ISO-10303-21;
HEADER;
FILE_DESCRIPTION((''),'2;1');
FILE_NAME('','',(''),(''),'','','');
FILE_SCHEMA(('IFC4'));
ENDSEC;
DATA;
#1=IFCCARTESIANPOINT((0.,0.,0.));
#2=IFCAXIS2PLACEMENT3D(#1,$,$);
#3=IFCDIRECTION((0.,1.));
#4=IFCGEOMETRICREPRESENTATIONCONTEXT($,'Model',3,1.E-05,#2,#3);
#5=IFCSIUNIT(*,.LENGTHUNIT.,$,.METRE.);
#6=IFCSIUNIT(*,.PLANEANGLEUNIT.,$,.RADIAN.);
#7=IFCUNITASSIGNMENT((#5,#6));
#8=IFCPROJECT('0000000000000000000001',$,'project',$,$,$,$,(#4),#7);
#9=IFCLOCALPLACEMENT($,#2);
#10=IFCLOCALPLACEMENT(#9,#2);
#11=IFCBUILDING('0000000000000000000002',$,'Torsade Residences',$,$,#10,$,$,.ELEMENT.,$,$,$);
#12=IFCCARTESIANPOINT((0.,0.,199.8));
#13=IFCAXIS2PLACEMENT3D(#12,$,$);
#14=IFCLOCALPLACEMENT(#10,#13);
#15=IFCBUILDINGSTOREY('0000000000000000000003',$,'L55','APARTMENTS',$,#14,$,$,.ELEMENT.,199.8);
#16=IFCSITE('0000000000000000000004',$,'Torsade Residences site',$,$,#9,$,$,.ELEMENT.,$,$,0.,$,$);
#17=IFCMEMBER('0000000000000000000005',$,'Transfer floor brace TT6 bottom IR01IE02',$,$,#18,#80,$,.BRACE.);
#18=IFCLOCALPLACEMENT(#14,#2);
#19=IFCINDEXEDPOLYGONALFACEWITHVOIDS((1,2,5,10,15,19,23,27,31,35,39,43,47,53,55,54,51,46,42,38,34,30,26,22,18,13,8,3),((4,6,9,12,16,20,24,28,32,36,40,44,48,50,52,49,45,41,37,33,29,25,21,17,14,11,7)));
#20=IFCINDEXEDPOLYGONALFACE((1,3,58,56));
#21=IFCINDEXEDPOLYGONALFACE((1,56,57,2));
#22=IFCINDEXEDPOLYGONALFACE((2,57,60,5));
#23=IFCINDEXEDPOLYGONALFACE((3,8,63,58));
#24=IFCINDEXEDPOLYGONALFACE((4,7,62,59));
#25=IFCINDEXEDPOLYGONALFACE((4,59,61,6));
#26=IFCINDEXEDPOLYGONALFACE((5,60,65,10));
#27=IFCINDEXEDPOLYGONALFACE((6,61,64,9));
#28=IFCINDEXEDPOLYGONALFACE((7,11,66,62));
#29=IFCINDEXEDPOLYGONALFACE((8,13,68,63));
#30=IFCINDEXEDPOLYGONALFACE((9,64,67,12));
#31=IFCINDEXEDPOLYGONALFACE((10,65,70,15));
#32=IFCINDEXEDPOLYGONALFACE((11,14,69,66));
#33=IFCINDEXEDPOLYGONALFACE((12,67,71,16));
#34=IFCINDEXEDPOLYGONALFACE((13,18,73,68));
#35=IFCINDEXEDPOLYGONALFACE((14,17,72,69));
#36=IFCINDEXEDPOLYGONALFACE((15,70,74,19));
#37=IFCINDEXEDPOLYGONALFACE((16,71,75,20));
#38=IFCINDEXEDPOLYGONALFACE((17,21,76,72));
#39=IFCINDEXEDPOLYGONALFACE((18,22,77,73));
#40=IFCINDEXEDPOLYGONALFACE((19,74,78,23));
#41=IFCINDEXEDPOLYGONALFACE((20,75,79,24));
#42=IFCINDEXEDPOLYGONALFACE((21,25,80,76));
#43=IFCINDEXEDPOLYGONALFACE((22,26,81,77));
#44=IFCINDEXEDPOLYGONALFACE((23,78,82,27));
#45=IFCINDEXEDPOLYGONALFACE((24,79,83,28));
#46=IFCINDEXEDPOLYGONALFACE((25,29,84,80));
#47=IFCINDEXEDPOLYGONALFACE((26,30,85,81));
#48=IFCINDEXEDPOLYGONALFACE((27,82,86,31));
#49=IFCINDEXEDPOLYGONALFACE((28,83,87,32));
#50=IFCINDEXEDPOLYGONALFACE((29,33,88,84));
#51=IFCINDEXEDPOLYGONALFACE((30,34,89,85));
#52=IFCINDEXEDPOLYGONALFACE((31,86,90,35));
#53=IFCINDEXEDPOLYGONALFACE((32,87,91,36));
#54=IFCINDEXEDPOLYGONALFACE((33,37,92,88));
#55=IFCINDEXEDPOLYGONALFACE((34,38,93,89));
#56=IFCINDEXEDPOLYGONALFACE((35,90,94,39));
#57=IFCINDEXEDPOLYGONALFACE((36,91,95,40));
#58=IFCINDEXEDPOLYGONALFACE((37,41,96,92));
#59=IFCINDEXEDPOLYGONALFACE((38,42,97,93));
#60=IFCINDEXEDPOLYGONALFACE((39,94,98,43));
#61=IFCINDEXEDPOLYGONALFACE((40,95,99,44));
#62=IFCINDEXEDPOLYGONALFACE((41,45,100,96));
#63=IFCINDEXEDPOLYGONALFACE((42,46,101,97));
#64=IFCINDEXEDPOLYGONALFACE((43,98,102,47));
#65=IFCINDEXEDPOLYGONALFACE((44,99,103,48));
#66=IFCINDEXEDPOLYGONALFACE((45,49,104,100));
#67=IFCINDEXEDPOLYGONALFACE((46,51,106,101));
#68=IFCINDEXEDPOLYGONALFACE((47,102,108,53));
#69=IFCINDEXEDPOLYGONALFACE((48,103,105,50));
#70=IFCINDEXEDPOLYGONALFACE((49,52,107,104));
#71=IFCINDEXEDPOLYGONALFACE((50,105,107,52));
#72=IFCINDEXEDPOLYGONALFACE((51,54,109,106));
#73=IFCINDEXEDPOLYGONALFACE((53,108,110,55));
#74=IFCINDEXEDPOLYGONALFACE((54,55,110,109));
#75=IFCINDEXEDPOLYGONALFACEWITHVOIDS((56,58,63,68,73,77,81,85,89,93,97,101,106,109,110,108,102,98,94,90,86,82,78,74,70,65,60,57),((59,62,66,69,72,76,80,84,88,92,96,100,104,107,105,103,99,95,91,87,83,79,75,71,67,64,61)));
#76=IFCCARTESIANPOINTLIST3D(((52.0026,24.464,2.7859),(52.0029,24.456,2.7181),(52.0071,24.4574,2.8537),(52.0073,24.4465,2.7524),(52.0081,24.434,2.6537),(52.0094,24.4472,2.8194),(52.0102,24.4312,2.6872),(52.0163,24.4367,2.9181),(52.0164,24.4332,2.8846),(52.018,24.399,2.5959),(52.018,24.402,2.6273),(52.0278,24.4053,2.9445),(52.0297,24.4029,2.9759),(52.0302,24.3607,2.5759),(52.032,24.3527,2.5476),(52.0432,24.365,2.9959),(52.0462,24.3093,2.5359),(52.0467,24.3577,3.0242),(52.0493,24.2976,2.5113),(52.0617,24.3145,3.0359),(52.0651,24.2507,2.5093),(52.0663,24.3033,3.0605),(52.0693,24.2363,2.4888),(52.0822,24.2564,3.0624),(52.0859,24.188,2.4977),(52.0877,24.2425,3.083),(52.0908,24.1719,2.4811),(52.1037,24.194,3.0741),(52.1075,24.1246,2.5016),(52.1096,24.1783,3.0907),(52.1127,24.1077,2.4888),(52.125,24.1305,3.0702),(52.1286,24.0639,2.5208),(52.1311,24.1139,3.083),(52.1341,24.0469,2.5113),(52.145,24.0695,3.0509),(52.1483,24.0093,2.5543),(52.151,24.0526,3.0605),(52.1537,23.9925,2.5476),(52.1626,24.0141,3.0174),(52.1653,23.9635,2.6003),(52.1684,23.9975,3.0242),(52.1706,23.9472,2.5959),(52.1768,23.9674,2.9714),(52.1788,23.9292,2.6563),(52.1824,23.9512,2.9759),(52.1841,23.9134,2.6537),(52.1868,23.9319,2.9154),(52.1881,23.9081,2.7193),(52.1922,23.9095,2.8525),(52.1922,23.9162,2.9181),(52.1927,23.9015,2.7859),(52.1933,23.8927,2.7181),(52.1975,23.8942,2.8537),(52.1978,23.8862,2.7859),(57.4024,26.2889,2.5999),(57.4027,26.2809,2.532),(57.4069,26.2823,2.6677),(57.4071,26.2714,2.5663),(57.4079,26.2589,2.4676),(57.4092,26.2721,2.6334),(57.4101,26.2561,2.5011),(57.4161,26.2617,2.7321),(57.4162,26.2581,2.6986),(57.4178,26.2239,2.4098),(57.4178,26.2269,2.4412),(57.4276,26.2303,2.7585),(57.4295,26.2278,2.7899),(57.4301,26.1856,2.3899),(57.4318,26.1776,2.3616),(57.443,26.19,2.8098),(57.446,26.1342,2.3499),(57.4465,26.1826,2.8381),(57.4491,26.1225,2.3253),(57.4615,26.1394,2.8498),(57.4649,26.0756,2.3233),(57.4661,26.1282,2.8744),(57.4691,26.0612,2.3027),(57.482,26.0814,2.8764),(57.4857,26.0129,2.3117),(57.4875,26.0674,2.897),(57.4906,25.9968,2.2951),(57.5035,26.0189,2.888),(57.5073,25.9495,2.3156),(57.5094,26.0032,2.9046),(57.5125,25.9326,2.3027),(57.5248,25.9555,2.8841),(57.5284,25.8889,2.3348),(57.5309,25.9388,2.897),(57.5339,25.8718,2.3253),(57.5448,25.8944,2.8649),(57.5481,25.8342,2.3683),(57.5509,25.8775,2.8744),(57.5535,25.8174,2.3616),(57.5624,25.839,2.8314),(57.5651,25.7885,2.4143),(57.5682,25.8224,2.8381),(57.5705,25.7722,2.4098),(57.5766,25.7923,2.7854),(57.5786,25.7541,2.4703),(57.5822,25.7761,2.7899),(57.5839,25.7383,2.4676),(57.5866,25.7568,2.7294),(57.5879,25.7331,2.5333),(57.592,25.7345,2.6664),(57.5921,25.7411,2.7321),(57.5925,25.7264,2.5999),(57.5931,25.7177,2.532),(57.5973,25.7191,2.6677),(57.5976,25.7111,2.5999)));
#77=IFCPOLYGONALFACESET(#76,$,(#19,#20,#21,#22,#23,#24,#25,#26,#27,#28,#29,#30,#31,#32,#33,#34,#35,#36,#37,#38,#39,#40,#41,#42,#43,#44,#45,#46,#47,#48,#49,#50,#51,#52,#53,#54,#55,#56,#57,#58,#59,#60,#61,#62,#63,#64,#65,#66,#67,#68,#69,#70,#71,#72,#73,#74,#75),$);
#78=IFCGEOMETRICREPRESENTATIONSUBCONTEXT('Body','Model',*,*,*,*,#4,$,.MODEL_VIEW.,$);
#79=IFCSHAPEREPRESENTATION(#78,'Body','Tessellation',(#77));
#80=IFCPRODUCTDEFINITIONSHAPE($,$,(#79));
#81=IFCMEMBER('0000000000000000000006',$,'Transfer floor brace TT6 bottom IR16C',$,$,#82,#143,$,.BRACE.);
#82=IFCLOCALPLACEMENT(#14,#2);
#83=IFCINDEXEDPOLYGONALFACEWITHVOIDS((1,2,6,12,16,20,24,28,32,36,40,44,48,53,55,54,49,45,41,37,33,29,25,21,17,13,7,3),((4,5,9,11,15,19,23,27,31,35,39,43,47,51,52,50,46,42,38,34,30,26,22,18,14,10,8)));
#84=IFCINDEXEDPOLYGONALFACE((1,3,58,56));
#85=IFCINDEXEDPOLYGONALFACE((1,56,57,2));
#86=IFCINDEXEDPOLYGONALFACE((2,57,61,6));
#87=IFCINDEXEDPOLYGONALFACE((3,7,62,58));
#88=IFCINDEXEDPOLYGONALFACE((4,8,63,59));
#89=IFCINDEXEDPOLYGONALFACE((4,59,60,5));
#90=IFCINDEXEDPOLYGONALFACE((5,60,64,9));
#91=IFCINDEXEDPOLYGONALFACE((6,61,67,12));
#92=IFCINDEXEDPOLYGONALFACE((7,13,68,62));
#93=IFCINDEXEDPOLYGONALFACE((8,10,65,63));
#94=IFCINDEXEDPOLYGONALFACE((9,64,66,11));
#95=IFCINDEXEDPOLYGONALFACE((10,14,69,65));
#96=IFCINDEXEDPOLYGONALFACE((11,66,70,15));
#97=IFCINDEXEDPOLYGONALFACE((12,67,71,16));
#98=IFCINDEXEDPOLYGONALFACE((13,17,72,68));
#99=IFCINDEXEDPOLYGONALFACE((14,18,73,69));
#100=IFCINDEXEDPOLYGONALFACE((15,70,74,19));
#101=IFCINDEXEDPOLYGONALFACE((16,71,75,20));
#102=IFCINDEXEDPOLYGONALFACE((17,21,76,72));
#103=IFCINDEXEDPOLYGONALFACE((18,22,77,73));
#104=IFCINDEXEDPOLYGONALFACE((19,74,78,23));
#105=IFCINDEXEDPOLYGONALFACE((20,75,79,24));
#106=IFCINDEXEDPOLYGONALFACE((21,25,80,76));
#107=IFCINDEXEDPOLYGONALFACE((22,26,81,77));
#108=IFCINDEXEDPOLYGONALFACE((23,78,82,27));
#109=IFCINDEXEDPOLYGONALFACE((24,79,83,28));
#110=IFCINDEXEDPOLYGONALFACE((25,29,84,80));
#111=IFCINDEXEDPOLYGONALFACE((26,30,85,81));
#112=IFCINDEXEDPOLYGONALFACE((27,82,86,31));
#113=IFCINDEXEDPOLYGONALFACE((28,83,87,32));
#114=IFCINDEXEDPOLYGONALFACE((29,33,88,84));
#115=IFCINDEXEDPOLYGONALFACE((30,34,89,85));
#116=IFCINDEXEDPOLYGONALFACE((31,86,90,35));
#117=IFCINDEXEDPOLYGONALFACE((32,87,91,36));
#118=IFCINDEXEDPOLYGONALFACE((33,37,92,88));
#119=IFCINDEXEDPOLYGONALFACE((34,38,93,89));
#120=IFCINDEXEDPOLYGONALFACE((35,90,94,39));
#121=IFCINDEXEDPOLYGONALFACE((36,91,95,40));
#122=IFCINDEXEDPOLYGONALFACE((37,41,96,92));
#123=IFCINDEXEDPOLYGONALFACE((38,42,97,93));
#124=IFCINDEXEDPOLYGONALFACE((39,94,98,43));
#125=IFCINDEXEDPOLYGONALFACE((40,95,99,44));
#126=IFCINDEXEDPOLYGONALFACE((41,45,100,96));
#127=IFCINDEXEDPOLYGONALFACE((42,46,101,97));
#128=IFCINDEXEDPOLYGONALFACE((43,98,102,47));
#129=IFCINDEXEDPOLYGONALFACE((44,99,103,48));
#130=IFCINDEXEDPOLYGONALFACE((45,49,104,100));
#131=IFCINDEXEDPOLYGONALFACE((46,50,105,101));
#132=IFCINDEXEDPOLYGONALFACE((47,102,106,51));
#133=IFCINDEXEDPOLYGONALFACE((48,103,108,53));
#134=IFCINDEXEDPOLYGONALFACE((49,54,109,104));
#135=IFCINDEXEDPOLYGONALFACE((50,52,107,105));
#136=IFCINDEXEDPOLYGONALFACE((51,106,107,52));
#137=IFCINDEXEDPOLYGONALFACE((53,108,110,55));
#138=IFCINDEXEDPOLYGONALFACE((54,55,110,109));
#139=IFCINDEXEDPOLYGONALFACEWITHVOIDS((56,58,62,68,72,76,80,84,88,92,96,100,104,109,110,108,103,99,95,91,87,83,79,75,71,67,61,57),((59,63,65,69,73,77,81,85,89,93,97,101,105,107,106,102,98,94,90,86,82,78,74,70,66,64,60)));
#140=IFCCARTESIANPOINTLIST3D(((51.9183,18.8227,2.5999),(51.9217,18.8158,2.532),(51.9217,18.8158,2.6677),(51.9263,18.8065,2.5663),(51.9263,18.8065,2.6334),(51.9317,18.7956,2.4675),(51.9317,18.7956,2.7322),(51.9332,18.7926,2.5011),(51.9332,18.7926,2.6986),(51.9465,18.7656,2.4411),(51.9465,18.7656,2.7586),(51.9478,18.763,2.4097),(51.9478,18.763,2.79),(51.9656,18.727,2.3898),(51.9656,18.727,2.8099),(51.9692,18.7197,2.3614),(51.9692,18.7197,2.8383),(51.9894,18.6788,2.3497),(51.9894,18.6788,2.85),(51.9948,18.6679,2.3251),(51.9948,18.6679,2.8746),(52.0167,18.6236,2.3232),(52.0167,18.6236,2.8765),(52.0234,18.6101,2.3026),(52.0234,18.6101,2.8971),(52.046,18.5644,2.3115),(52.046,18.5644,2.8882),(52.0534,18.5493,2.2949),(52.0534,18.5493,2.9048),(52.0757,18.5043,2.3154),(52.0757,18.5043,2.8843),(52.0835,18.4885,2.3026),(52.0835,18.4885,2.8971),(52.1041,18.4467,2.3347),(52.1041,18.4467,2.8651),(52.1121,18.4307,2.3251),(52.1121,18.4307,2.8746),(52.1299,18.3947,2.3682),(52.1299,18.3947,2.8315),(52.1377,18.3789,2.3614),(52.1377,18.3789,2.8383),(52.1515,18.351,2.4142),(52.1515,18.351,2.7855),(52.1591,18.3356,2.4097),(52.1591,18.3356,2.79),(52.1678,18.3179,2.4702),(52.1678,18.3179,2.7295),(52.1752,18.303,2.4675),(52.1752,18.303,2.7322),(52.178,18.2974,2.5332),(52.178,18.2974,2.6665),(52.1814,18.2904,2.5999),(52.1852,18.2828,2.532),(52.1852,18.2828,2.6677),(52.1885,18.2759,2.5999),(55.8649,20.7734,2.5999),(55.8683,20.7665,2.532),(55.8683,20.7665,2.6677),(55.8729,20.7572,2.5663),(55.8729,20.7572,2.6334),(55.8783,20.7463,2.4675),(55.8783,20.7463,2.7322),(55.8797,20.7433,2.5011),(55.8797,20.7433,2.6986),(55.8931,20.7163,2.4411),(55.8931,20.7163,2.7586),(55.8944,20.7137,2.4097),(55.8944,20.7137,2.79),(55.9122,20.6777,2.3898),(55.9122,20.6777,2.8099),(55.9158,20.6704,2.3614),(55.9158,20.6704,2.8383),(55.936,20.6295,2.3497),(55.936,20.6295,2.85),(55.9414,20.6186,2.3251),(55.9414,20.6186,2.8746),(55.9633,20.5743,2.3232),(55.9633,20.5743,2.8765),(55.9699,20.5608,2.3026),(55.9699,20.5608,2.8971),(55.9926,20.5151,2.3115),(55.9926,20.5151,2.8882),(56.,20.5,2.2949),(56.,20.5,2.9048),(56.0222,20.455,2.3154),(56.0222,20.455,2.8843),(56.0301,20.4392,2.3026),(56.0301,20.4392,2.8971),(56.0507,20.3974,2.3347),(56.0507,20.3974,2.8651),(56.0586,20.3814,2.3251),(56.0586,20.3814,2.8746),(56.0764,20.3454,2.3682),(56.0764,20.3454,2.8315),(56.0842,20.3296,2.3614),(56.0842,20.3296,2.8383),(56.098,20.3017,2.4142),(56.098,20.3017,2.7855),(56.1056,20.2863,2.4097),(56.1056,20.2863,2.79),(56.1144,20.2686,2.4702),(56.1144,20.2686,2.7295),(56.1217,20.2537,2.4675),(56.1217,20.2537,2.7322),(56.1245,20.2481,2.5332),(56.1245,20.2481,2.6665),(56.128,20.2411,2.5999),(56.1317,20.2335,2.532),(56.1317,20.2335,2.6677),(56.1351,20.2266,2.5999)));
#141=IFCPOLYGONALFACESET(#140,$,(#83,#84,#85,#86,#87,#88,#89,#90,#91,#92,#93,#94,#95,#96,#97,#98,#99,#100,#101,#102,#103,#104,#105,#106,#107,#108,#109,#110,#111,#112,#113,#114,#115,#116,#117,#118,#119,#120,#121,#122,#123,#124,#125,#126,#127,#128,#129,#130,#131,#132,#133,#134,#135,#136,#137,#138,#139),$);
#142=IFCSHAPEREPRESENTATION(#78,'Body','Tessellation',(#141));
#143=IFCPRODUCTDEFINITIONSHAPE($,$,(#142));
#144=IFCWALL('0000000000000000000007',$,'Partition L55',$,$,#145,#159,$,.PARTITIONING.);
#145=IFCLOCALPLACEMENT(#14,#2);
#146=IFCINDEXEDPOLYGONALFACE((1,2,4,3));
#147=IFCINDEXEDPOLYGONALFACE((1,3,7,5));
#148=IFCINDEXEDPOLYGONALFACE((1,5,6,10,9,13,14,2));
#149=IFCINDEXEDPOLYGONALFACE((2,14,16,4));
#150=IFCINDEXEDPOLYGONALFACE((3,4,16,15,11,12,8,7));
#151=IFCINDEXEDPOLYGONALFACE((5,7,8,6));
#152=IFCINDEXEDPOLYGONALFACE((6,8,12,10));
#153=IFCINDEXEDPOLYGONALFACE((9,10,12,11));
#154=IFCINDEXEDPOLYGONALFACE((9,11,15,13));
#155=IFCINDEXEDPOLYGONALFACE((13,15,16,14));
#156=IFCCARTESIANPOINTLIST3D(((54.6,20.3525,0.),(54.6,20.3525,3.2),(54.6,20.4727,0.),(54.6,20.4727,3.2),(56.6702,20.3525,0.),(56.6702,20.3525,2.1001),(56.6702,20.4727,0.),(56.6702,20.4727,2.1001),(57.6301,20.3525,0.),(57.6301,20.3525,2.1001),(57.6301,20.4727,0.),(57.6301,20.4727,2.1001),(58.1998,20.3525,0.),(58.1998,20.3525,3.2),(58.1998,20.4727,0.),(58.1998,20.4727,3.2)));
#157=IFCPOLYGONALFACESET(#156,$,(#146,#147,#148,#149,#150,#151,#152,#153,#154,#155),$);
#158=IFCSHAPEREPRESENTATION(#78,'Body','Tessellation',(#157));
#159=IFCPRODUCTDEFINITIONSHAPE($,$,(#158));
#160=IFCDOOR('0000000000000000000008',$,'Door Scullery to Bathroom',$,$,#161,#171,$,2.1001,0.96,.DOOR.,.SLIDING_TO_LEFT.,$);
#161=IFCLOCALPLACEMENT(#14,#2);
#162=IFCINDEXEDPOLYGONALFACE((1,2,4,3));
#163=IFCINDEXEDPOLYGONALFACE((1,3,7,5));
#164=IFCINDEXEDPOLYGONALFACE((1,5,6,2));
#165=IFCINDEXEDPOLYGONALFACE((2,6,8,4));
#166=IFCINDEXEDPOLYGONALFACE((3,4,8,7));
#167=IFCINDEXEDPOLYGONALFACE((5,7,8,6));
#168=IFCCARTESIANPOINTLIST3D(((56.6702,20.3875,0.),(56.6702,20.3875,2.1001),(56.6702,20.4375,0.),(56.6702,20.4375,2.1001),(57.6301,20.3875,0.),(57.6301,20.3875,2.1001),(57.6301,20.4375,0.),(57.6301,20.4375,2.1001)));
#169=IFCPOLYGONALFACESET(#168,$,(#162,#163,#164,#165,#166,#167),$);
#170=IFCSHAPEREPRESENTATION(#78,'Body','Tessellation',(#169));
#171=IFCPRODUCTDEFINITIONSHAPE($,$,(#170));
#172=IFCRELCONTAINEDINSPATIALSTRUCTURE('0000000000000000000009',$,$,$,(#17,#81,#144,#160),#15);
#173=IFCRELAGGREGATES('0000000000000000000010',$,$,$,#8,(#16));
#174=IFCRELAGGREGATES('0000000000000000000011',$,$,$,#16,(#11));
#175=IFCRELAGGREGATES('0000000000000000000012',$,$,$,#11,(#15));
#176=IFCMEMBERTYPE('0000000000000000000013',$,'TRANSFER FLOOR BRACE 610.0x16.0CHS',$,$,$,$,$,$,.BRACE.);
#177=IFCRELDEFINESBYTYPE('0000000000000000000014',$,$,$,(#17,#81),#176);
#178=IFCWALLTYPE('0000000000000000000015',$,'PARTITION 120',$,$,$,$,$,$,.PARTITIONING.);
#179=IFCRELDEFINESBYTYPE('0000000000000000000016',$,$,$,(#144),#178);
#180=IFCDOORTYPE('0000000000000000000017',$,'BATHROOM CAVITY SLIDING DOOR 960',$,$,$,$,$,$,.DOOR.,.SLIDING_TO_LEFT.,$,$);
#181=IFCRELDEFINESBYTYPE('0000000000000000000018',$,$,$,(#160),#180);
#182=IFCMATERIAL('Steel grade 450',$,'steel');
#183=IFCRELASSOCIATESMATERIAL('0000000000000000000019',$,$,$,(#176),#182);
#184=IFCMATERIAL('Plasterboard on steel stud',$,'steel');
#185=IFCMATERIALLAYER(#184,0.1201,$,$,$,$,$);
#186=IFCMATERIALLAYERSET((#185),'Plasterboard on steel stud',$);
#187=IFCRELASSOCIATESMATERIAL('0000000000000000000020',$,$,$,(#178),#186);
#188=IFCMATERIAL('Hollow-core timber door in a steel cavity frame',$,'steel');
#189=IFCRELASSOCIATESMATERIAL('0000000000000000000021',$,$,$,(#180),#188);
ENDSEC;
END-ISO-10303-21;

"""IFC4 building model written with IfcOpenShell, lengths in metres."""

from ifc_helpers import new_model, si_unit, direction, frame, frame_2d, origin, origin_2d, place, context, subcontext, project, spatial, rectangle, hollow_circle, extrude, material, layer, layer_set, material_profile, profile_set, type_object, element, fill, save


model = new_model("IFC4")

# Units and contexts
model_context = context("Model", 3, precision=1e-05, world=origin(), true_north=direction((0.0, 1.0)))
body_context = subcontext(model_context, "Body", "Model", "MODEL_VIEW")
ifc_project = project(units=[si_unit("LENGTHUNIT", "METRE"), si_unit("PLANEANGLEUNIT", "RADIAN")], contexts=[model_context])

# Site, building, storey
site_placement = place(None, origin())
site = spatial("IfcSite", under=ifc_project, at=site_placement, Name="Torsade Residences site", CompositionType="ELEMENT", RefElevation=0.0)
building_placement = place(site_placement, origin())
building = spatial("IfcBuilding", under=site, at=building_placement, Name="Torsade Residences", CompositionType="ELEMENT")
storey_placement = place(building_placement, frame((0.0, 0.0, 199.8)))
storey = spatial("IfcBuildingStorey", under=building, at=storey_placement, Name="L55", Description="APARTMENTS", CompositionType="ELEMENT", Elevation=199.8)

# Members
ifc_material_1 = material(Name="Steel grade 450", Category="steel")
ifc_material_profile_1 = material_profile(ifc_material_1, hollow_circle(Radius=0.3049, WallThickness=0.0161, at=origin_2d()), Name="610.0x16.0CHS")
ifc_profile_set_1 = profile_set([ifc_material_profile_1], Name="Steel grade 450")
member_type = type_object("IfcMemberType", Name="TRANSFER FLOOR BRACE 610.0x16.0CHS", PredefinedType="BRACE", material=ifc_profile_set_1)
member_1_placement = place(storey_placement, frame((57.5, 26.0, 2.5999), z_axis=(-0.946856, -0.319999, 0.032621), x_axis=(0.32017, -0.94736, 0.0)))
element("IfcMember", 1, at=member_1_placement, inside=storey, type_object=member_type, Name="Transfer floor brace TT6 bottom IR01IE02", PredefinedType="BRACE", context=body_context, shape_type="SweptSolid", body=[
    extrude(hollow_circle(Radius=0.3049, WallThickness=0.0161, at=origin_2d()), origin(), (0.0, 0.0, 1.0), 5.7029),
])
member_2_placement = place(storey_placement, frame((56.0, 20.5, 2.5999), z_axis=(-0.89647, -0.443105, 0.0), x_axis=(0.443105, -0.89647, 0.0)))
element("IfcMember", 2, at=member_2_placement, inside=storey, type_object=member_type, Name="Transfer floor brace TT6 bottom IR16C", PredefinedType="BRACE", context=body_context, shape_type="SweptSolid", body=[
    extrude(hollow_circle(Radius=0.3049, WallThickness=0.0161, at=origin_2d()), origin(), (0.0, 0.0, 1.0), 4.4023),
])

# Wall, opening, door
ifc_material_2 = material(Name="Plasterboard on steel stud", Category="steel")
ifc_layer = layer(ifc_material_2, 0.1201)
ifc_layer_set = layer_set([ifc_layer], Name="Plasterboard on steel stud")
wall_type = type_object("IfcWallType", Name="PARTITION 120", PredefinedType="PARTITIONING", material=ifc_layer_set)
wall_1_placement = place(storey_placement, frame((54.6001, 20.4126, 0.0), z_axis=(0.0, 0.0, 1.0), x_axis=(1.0, 0.0, 0.0)))
wall_1 = element("IfcWall", 3, at=wall_1_placement, inside=storey, type_object=wall_type, Name="Partition L55", PredefinedType="PARTITIONING", context=body_context, shape_type="SweptSolid", body=[
    extrude(rectangle(XDim=3.5999, YDim=0.1201, at=frame_2d((1.7998, 0.0))), origin(), (0.0, 0.0, 1.0), 3.2),
])
opening_1_placement = place(wall_1_placement, frame((2.0701, 0.0, 0.0)))
opening_1 = element("IfcOpeningElement", 4, at=opening_1_placement, cuts=wall_1, PredefinedType="OPENING", context=body_context, shape_type="SweptSolid", body=[
    extrude(rectangle(XDim=0.96, YDim=2.1001, at=frame_2d((0.48, 1.05))), frame((0.0, 0.0701, 0.0), z_axis=(0.0, -1.0, 0.0), x_axis=(1.0, 0.0, 0.0)), (0.0, 0.0, 1.0), 0.1401),
])
ifc_material_3 = material(Name="Hollow-core timber door in a steel cavity frame", Category="steel")
door_type_1 = type_object("IfcDoorType", Name="BATHROOM CAVITY SLIDING DOOR 960", OperationType="SLIDING_TO_LEFT", PredefinedType="DOOR", material=ifc_material_3)
door_1_placement = place(opening_1_placement, origin())
door_1 = element("IfcDoor", 5, at=door_1_placement, inside=storey, type_object=door_type_1, Name="Door Scullery to Bathroom", OperationType="SLIDING_TO_LEFT", OverallHeight=2.1001, OverallWidth=0.96, PredefinedType="DOOR", context=body_context, shape_type="SweptSolid", body=[
    extrude(rectangle(XDim=0.96, YDim=2.1001, at=frame_2d((0.48, 1.05))), frame((0.0, 0.0249, 0.0), z_axis=(0.0, -1.0, 0.0), x_axis=(1.0, 0.0, 0.0)), (0.0, 0.0, 1.0), 0.05),
])
fill(opening_1, door_1)

save(model, "model.ifc")
